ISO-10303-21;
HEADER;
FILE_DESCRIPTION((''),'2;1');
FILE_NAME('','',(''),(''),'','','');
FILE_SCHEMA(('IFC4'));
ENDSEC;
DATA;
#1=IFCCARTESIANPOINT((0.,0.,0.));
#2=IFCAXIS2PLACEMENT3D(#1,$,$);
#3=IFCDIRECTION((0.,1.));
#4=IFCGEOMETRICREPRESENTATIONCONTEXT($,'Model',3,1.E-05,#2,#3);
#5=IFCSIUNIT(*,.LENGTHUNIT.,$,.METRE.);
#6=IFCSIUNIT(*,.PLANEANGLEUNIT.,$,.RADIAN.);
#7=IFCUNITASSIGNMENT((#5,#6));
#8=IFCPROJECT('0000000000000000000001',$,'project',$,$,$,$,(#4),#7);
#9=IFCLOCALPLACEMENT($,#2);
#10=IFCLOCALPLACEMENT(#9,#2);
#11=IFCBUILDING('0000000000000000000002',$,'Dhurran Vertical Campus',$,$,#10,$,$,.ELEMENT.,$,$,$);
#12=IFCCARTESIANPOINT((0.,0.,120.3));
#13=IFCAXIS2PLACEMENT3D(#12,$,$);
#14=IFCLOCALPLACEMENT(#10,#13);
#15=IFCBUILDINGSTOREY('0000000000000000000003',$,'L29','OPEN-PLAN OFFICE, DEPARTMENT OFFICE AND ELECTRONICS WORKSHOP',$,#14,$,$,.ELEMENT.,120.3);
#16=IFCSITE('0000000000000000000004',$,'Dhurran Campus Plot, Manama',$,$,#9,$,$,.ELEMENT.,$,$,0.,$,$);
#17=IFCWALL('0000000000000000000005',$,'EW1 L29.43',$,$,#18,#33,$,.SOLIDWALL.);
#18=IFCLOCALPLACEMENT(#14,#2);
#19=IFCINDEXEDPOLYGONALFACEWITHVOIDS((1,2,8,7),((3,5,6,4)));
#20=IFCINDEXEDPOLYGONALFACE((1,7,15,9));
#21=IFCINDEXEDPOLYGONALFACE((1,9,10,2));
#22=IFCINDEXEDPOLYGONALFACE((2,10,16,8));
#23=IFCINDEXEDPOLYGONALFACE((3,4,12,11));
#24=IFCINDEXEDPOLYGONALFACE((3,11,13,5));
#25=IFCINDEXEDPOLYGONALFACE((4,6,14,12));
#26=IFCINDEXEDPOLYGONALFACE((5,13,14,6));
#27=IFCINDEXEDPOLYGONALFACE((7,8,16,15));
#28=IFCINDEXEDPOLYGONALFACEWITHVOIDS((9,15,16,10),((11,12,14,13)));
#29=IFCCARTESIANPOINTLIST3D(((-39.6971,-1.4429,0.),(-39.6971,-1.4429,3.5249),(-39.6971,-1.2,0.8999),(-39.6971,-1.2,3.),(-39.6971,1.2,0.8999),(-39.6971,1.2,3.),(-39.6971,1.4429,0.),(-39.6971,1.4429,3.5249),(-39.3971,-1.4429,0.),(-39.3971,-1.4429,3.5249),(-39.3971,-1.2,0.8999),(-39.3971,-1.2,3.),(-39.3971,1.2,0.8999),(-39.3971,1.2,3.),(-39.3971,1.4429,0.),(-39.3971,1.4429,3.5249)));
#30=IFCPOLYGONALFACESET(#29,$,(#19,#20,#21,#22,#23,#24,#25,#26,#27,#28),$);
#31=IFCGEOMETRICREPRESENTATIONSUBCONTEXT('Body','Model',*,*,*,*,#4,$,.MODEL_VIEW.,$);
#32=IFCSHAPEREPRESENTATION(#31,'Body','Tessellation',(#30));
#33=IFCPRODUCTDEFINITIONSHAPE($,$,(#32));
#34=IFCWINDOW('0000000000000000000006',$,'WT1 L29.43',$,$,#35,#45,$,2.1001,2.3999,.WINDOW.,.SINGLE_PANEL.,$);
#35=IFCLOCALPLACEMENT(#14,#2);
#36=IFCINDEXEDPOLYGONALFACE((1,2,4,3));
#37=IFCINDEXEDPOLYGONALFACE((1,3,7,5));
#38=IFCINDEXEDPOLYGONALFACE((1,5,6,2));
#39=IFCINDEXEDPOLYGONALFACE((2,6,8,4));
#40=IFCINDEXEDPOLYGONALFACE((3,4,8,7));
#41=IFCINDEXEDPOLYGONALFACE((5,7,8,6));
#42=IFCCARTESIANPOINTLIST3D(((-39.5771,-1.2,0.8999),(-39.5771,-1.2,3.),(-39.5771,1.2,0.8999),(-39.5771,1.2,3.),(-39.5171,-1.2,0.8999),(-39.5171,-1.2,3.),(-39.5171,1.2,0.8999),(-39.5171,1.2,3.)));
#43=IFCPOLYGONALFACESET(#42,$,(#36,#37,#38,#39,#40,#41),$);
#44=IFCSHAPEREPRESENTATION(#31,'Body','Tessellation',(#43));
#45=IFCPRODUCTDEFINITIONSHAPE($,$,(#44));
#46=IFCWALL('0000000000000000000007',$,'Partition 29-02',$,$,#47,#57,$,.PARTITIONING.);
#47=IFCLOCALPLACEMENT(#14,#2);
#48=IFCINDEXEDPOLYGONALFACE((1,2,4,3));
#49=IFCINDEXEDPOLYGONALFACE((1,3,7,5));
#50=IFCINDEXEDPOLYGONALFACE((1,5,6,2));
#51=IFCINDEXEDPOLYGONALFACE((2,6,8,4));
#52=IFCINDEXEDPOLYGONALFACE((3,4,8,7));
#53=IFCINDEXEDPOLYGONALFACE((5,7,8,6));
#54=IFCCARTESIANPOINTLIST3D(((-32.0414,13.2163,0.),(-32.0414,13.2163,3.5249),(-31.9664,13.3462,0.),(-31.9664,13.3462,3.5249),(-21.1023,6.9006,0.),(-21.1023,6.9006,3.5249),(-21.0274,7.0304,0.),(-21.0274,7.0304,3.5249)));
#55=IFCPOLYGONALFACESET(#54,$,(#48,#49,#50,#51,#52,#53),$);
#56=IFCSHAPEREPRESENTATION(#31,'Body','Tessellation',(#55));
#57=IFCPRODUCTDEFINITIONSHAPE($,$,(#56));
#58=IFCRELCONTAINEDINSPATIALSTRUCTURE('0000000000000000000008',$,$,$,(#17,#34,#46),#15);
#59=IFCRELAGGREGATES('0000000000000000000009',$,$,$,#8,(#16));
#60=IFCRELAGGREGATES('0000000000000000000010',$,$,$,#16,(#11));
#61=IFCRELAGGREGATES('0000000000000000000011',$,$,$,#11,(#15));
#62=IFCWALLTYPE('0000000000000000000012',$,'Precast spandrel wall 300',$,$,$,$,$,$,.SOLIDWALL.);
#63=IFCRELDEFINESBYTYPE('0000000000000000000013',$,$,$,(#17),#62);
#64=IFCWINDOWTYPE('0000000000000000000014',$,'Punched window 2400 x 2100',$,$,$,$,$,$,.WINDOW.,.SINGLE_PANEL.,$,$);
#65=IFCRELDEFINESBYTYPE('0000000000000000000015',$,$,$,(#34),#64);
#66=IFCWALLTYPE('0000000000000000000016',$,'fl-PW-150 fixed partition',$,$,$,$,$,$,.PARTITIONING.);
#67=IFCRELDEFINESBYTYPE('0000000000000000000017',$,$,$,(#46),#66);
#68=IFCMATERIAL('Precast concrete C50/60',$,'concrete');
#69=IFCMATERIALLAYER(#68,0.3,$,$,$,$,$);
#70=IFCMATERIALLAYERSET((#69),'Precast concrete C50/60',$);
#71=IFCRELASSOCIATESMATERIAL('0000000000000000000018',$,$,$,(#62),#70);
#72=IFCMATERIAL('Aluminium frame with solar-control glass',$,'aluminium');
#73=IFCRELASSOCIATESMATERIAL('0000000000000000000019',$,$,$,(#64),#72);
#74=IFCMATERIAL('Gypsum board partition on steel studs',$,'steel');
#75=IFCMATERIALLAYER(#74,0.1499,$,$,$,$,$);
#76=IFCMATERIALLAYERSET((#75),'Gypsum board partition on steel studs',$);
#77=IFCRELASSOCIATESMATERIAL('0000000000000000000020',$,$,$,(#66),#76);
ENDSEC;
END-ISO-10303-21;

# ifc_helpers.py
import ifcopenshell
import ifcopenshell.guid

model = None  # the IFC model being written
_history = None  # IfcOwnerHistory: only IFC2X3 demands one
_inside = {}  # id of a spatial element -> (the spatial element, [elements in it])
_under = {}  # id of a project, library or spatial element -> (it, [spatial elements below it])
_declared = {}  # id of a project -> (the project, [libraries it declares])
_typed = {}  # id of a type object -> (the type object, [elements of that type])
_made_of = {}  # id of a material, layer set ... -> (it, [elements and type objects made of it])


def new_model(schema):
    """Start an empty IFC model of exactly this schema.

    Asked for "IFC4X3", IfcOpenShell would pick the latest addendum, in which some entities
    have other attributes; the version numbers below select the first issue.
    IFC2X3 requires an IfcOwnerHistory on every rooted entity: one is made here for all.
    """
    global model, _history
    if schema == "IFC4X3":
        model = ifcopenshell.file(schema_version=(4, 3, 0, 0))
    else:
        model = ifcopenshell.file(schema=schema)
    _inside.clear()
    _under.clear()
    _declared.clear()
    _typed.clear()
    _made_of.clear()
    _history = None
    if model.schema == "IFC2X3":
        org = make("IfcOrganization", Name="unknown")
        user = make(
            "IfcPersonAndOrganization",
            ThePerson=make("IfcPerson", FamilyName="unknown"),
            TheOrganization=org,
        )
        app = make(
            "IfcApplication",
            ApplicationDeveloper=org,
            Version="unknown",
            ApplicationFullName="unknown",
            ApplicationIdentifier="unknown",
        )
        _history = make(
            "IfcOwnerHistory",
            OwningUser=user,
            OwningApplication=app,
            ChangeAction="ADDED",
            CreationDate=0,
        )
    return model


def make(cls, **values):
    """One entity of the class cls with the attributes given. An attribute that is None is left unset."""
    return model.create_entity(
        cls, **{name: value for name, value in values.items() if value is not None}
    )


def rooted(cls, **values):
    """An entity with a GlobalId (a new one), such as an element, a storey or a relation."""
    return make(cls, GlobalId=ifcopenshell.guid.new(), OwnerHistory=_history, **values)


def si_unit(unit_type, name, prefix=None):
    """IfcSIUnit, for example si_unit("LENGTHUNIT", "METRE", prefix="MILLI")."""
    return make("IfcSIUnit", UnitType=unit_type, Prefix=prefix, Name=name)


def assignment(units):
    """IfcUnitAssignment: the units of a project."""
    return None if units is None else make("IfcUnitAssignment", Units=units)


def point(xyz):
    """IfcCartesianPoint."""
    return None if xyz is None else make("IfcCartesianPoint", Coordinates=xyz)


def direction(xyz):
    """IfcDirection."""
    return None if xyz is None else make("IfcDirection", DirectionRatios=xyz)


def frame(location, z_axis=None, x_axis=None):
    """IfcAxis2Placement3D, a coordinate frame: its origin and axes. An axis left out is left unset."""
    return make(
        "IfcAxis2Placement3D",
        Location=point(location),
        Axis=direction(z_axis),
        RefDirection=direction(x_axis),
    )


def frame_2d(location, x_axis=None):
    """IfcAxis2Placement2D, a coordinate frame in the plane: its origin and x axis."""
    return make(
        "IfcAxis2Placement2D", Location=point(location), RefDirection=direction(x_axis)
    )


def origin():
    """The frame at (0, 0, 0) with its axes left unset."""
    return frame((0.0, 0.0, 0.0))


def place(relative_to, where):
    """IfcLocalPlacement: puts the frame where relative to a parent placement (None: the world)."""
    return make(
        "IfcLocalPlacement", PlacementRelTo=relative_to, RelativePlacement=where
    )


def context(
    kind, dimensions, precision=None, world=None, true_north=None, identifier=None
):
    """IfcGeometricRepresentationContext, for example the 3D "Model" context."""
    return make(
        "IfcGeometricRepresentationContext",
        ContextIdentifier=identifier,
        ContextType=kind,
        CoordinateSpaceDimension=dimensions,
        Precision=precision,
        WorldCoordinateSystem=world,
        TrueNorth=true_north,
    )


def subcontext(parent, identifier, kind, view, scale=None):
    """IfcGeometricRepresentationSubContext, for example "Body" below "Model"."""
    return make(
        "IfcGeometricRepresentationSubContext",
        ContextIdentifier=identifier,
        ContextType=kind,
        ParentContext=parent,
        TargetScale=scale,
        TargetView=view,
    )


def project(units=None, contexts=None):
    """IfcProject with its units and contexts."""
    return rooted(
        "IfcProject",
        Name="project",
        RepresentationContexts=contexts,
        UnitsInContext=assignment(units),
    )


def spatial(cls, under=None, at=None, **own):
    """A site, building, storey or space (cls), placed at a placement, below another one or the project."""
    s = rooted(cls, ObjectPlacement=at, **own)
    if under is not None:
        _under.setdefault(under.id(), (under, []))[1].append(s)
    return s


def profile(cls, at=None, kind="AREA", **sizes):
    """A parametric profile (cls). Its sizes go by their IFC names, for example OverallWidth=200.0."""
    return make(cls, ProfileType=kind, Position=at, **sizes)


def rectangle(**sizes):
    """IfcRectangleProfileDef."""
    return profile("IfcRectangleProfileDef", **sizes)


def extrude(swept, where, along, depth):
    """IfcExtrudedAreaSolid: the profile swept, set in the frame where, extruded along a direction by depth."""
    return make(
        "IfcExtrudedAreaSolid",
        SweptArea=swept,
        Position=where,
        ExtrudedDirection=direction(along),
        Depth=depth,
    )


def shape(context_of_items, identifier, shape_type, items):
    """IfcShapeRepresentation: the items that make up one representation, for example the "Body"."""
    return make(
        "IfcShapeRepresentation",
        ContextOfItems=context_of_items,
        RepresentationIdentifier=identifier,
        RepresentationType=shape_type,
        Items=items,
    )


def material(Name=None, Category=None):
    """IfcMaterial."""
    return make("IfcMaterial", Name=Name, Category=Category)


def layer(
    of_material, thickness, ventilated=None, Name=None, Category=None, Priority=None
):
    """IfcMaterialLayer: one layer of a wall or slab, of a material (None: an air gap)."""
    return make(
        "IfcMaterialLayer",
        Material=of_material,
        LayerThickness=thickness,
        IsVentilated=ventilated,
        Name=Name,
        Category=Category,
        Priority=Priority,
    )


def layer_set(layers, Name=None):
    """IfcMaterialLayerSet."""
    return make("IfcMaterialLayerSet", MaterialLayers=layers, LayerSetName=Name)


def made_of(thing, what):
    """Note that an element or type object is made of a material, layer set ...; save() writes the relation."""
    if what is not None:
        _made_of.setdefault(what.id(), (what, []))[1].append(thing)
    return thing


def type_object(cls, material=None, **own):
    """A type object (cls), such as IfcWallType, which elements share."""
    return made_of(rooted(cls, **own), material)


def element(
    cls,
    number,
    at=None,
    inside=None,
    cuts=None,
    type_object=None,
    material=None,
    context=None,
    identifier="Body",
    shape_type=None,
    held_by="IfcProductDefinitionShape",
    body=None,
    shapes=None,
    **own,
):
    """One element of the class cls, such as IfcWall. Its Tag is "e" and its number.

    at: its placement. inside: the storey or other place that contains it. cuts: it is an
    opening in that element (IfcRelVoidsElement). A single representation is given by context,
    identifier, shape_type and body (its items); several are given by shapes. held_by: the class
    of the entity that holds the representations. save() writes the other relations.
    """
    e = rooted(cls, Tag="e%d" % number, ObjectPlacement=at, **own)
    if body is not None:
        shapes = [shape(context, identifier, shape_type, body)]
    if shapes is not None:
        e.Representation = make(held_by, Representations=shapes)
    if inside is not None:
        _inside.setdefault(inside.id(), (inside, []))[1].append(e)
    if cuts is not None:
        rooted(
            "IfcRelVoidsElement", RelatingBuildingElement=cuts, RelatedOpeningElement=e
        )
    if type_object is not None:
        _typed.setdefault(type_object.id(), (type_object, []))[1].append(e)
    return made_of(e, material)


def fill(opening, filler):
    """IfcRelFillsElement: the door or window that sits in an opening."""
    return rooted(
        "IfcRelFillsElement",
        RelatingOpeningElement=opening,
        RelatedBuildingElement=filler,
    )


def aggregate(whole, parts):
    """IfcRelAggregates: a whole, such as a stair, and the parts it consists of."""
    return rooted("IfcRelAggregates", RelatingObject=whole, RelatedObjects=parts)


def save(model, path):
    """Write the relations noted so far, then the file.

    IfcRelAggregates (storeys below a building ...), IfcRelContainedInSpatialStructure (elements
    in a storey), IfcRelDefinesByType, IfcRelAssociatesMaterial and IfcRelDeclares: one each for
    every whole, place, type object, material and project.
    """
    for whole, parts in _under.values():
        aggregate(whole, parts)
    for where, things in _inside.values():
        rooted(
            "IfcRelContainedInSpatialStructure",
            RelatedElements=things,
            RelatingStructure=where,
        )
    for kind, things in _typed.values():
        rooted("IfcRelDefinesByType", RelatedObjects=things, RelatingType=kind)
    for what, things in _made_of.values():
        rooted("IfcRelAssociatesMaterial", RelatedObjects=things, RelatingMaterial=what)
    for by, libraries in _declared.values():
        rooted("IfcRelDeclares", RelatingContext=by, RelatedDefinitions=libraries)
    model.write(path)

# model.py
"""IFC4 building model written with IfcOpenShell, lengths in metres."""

from ifc_helpers import new_model, si_unit, direction, frame, frame_2d, origin, place, context, subcontext, project, spatial, rectangle, extrude, material, layer, layer_set, type_object, element, fill, save


model = new_model("IFC4")

# Units and contexts
model_context = context("Model", 3, precision=1e-05, world=origin(), true_north=direction((0.0, 1.0)))
body_context = subcontext(model_context, "Body", "Model", "MODEL_VIEW")
ifc_project = project(units=[si_unit("LENGTHUNIT", "METRE"), si_unit("PLANEANGLEUNIT", "RADIAN")], contexts=[model_context])

# Site, building, storey
site_placement = place(None, origin())
site = spatial("IfcSite", under=ifc_project, at=site_placement, Name="Dhurran Campus Plot, Manama", CompositionType="ELEMENT", RefElevation=0.0)
building_placement = place(site_placement, origin())
building = spatial("IfcBuilding", under=site, at=building_placement, Name="Dhurran Vertical Campus", CompositionType="ELEMENT")
storey_placement = place(building_placement, frame((0.0, 0.0, 120.3)))
storey = spatial("IfcBuildingStorey", under=building, at=storey_placement, Name="L29", Description="OPEN-PLAN OFFICE, DEPARTMENT OFFICE AND ELECTRONICS WORKSHOP", CompositionType="ELEMENT", Elevation=120.3)

# Wall, opening, window
ifc_material_1 = material(Name="Precast concrete C50/60", Category="concrete")
ifc_layer_1 = layer(ifc_material_1, 0.3)
ifc_layer_set_1 = layer_set([ifc_layer_1], Name="Precast concrete C50/60")
wall_type_1 = type_object("IfcWallType", Name="Precast spandrel wall 300", PredefinedType="SOLIDWALL", material=ifc_layer_set_1)
ifc_material_2 = material(Name="Aluminium frame with solar-control glass", Category="aluminium")
window_type = type_object("IfcWindowType", Name="Punched window 2400 x 2100", PartitioningType="SINGLE_PANEL", PredefinedType="WINDOW", material=ifc_material_2)
wall_1_placement = place(storey_placement, frame((-39.5471, 1.4429, 0.0), z_axis=(0.0, 0.0, 1.0), x_axis=(0.0, -1.0, 0.0)))
wall_1 = element("IfcWall", 1, at=wall_1_placement, inside=storey, type_object=wall_type_1, Name="EW1 L29.43", PredefinedType="SOLIDWALL", context=body_context, shape_type="SweptSolid", body=[
    extrude(rectangle(XDim=2.8857, YDim=0.3, at=frame_2d((1.4429, 0.0))), origin(), (0.0, 0.0, 1.0), 3.5249),
])
opening_1_placement = place(wall_1_placement, frame((0.2429, 0.0, 0.8999)))
opening_1 = element("IfcOpeningElement", 2, at=opening_1_placement, cuts=wall_1, PredefinedType="OPENING", context=body_context, shape_type="SweptSolid", body=[
    extrude(rectangle(XDim=2.3999, YDim=2.1001, at=frame_2d((1.2, 1.05))), frame((0.0, 0.1599, 0.0), z_axis=(0.0, -1.0, 0.0), x_axis=(1.0, 0.0, 0.0)), (0.0, 0.0, 1.0), 0.3201),
])
window_1_placement = place(opening_1_placement, origin())
window_1 = element("IfcWindow", 3, at=window_1_placement, inside=storey, type_object=window_type, Name="WT1 L29.43", OverallHeight=2.1001, OverallWidth=2.3999, PartitioningType="SINGLE_PANEL", PredefinedType="WINDOW", context=body_context, shape_type="SweptSolid", body=[
    extrude(rectangle(XDim=2.3999, YDim=2.1001, at=frame_2d((1.2, 1.05))), frame((0.0, 0.03, 0.0), z_axis=(0.0, -1.0, 0.0), x_axis=(1.0, 0.0, 0.0)), (0.0, 0.0, 1.0), 0.0601),
])
fill(opening_1, window_1)

# Wall
ifc_material_3 = material(Name="Gypsum board partition on steel studs", Category="steel")
ifc_layer_2 = layer(ifc_material_3, 0.1499)
ifc_layer_set_2 = layer_set([ifc_layer_2], Name="Gypsum board partition on steel studs")
wall_type_2 = type_object("IfcWallType", Name="fl-PW-150 fixed partition", PredefinedType="PARTITIONING", material=ifc_layer_set_2)
wall_2_placement = place(storey_placement, frame((-32.0039, 13.2812, 0.0), z_axis=(0.0, 0.0, 1.0), x_axis=(0.866023, -0.500004, 0.0)))
element("IfcWall", 4, at=wall_2_placement, inside=storey, type_object=wall_type_2, Name="Partition 29-02", PredefinedType="PARTITIONING", context=body_context, shape_type="SweptSolid", body=[
    extrude(rectangle(XDim=12.6313, YDim=0.1499, at=frame_2d((6.3157, 0.0))), origin(), (0.0, 0.0, 1.0), 3.5249),
])

save(model, "model.ifc")
